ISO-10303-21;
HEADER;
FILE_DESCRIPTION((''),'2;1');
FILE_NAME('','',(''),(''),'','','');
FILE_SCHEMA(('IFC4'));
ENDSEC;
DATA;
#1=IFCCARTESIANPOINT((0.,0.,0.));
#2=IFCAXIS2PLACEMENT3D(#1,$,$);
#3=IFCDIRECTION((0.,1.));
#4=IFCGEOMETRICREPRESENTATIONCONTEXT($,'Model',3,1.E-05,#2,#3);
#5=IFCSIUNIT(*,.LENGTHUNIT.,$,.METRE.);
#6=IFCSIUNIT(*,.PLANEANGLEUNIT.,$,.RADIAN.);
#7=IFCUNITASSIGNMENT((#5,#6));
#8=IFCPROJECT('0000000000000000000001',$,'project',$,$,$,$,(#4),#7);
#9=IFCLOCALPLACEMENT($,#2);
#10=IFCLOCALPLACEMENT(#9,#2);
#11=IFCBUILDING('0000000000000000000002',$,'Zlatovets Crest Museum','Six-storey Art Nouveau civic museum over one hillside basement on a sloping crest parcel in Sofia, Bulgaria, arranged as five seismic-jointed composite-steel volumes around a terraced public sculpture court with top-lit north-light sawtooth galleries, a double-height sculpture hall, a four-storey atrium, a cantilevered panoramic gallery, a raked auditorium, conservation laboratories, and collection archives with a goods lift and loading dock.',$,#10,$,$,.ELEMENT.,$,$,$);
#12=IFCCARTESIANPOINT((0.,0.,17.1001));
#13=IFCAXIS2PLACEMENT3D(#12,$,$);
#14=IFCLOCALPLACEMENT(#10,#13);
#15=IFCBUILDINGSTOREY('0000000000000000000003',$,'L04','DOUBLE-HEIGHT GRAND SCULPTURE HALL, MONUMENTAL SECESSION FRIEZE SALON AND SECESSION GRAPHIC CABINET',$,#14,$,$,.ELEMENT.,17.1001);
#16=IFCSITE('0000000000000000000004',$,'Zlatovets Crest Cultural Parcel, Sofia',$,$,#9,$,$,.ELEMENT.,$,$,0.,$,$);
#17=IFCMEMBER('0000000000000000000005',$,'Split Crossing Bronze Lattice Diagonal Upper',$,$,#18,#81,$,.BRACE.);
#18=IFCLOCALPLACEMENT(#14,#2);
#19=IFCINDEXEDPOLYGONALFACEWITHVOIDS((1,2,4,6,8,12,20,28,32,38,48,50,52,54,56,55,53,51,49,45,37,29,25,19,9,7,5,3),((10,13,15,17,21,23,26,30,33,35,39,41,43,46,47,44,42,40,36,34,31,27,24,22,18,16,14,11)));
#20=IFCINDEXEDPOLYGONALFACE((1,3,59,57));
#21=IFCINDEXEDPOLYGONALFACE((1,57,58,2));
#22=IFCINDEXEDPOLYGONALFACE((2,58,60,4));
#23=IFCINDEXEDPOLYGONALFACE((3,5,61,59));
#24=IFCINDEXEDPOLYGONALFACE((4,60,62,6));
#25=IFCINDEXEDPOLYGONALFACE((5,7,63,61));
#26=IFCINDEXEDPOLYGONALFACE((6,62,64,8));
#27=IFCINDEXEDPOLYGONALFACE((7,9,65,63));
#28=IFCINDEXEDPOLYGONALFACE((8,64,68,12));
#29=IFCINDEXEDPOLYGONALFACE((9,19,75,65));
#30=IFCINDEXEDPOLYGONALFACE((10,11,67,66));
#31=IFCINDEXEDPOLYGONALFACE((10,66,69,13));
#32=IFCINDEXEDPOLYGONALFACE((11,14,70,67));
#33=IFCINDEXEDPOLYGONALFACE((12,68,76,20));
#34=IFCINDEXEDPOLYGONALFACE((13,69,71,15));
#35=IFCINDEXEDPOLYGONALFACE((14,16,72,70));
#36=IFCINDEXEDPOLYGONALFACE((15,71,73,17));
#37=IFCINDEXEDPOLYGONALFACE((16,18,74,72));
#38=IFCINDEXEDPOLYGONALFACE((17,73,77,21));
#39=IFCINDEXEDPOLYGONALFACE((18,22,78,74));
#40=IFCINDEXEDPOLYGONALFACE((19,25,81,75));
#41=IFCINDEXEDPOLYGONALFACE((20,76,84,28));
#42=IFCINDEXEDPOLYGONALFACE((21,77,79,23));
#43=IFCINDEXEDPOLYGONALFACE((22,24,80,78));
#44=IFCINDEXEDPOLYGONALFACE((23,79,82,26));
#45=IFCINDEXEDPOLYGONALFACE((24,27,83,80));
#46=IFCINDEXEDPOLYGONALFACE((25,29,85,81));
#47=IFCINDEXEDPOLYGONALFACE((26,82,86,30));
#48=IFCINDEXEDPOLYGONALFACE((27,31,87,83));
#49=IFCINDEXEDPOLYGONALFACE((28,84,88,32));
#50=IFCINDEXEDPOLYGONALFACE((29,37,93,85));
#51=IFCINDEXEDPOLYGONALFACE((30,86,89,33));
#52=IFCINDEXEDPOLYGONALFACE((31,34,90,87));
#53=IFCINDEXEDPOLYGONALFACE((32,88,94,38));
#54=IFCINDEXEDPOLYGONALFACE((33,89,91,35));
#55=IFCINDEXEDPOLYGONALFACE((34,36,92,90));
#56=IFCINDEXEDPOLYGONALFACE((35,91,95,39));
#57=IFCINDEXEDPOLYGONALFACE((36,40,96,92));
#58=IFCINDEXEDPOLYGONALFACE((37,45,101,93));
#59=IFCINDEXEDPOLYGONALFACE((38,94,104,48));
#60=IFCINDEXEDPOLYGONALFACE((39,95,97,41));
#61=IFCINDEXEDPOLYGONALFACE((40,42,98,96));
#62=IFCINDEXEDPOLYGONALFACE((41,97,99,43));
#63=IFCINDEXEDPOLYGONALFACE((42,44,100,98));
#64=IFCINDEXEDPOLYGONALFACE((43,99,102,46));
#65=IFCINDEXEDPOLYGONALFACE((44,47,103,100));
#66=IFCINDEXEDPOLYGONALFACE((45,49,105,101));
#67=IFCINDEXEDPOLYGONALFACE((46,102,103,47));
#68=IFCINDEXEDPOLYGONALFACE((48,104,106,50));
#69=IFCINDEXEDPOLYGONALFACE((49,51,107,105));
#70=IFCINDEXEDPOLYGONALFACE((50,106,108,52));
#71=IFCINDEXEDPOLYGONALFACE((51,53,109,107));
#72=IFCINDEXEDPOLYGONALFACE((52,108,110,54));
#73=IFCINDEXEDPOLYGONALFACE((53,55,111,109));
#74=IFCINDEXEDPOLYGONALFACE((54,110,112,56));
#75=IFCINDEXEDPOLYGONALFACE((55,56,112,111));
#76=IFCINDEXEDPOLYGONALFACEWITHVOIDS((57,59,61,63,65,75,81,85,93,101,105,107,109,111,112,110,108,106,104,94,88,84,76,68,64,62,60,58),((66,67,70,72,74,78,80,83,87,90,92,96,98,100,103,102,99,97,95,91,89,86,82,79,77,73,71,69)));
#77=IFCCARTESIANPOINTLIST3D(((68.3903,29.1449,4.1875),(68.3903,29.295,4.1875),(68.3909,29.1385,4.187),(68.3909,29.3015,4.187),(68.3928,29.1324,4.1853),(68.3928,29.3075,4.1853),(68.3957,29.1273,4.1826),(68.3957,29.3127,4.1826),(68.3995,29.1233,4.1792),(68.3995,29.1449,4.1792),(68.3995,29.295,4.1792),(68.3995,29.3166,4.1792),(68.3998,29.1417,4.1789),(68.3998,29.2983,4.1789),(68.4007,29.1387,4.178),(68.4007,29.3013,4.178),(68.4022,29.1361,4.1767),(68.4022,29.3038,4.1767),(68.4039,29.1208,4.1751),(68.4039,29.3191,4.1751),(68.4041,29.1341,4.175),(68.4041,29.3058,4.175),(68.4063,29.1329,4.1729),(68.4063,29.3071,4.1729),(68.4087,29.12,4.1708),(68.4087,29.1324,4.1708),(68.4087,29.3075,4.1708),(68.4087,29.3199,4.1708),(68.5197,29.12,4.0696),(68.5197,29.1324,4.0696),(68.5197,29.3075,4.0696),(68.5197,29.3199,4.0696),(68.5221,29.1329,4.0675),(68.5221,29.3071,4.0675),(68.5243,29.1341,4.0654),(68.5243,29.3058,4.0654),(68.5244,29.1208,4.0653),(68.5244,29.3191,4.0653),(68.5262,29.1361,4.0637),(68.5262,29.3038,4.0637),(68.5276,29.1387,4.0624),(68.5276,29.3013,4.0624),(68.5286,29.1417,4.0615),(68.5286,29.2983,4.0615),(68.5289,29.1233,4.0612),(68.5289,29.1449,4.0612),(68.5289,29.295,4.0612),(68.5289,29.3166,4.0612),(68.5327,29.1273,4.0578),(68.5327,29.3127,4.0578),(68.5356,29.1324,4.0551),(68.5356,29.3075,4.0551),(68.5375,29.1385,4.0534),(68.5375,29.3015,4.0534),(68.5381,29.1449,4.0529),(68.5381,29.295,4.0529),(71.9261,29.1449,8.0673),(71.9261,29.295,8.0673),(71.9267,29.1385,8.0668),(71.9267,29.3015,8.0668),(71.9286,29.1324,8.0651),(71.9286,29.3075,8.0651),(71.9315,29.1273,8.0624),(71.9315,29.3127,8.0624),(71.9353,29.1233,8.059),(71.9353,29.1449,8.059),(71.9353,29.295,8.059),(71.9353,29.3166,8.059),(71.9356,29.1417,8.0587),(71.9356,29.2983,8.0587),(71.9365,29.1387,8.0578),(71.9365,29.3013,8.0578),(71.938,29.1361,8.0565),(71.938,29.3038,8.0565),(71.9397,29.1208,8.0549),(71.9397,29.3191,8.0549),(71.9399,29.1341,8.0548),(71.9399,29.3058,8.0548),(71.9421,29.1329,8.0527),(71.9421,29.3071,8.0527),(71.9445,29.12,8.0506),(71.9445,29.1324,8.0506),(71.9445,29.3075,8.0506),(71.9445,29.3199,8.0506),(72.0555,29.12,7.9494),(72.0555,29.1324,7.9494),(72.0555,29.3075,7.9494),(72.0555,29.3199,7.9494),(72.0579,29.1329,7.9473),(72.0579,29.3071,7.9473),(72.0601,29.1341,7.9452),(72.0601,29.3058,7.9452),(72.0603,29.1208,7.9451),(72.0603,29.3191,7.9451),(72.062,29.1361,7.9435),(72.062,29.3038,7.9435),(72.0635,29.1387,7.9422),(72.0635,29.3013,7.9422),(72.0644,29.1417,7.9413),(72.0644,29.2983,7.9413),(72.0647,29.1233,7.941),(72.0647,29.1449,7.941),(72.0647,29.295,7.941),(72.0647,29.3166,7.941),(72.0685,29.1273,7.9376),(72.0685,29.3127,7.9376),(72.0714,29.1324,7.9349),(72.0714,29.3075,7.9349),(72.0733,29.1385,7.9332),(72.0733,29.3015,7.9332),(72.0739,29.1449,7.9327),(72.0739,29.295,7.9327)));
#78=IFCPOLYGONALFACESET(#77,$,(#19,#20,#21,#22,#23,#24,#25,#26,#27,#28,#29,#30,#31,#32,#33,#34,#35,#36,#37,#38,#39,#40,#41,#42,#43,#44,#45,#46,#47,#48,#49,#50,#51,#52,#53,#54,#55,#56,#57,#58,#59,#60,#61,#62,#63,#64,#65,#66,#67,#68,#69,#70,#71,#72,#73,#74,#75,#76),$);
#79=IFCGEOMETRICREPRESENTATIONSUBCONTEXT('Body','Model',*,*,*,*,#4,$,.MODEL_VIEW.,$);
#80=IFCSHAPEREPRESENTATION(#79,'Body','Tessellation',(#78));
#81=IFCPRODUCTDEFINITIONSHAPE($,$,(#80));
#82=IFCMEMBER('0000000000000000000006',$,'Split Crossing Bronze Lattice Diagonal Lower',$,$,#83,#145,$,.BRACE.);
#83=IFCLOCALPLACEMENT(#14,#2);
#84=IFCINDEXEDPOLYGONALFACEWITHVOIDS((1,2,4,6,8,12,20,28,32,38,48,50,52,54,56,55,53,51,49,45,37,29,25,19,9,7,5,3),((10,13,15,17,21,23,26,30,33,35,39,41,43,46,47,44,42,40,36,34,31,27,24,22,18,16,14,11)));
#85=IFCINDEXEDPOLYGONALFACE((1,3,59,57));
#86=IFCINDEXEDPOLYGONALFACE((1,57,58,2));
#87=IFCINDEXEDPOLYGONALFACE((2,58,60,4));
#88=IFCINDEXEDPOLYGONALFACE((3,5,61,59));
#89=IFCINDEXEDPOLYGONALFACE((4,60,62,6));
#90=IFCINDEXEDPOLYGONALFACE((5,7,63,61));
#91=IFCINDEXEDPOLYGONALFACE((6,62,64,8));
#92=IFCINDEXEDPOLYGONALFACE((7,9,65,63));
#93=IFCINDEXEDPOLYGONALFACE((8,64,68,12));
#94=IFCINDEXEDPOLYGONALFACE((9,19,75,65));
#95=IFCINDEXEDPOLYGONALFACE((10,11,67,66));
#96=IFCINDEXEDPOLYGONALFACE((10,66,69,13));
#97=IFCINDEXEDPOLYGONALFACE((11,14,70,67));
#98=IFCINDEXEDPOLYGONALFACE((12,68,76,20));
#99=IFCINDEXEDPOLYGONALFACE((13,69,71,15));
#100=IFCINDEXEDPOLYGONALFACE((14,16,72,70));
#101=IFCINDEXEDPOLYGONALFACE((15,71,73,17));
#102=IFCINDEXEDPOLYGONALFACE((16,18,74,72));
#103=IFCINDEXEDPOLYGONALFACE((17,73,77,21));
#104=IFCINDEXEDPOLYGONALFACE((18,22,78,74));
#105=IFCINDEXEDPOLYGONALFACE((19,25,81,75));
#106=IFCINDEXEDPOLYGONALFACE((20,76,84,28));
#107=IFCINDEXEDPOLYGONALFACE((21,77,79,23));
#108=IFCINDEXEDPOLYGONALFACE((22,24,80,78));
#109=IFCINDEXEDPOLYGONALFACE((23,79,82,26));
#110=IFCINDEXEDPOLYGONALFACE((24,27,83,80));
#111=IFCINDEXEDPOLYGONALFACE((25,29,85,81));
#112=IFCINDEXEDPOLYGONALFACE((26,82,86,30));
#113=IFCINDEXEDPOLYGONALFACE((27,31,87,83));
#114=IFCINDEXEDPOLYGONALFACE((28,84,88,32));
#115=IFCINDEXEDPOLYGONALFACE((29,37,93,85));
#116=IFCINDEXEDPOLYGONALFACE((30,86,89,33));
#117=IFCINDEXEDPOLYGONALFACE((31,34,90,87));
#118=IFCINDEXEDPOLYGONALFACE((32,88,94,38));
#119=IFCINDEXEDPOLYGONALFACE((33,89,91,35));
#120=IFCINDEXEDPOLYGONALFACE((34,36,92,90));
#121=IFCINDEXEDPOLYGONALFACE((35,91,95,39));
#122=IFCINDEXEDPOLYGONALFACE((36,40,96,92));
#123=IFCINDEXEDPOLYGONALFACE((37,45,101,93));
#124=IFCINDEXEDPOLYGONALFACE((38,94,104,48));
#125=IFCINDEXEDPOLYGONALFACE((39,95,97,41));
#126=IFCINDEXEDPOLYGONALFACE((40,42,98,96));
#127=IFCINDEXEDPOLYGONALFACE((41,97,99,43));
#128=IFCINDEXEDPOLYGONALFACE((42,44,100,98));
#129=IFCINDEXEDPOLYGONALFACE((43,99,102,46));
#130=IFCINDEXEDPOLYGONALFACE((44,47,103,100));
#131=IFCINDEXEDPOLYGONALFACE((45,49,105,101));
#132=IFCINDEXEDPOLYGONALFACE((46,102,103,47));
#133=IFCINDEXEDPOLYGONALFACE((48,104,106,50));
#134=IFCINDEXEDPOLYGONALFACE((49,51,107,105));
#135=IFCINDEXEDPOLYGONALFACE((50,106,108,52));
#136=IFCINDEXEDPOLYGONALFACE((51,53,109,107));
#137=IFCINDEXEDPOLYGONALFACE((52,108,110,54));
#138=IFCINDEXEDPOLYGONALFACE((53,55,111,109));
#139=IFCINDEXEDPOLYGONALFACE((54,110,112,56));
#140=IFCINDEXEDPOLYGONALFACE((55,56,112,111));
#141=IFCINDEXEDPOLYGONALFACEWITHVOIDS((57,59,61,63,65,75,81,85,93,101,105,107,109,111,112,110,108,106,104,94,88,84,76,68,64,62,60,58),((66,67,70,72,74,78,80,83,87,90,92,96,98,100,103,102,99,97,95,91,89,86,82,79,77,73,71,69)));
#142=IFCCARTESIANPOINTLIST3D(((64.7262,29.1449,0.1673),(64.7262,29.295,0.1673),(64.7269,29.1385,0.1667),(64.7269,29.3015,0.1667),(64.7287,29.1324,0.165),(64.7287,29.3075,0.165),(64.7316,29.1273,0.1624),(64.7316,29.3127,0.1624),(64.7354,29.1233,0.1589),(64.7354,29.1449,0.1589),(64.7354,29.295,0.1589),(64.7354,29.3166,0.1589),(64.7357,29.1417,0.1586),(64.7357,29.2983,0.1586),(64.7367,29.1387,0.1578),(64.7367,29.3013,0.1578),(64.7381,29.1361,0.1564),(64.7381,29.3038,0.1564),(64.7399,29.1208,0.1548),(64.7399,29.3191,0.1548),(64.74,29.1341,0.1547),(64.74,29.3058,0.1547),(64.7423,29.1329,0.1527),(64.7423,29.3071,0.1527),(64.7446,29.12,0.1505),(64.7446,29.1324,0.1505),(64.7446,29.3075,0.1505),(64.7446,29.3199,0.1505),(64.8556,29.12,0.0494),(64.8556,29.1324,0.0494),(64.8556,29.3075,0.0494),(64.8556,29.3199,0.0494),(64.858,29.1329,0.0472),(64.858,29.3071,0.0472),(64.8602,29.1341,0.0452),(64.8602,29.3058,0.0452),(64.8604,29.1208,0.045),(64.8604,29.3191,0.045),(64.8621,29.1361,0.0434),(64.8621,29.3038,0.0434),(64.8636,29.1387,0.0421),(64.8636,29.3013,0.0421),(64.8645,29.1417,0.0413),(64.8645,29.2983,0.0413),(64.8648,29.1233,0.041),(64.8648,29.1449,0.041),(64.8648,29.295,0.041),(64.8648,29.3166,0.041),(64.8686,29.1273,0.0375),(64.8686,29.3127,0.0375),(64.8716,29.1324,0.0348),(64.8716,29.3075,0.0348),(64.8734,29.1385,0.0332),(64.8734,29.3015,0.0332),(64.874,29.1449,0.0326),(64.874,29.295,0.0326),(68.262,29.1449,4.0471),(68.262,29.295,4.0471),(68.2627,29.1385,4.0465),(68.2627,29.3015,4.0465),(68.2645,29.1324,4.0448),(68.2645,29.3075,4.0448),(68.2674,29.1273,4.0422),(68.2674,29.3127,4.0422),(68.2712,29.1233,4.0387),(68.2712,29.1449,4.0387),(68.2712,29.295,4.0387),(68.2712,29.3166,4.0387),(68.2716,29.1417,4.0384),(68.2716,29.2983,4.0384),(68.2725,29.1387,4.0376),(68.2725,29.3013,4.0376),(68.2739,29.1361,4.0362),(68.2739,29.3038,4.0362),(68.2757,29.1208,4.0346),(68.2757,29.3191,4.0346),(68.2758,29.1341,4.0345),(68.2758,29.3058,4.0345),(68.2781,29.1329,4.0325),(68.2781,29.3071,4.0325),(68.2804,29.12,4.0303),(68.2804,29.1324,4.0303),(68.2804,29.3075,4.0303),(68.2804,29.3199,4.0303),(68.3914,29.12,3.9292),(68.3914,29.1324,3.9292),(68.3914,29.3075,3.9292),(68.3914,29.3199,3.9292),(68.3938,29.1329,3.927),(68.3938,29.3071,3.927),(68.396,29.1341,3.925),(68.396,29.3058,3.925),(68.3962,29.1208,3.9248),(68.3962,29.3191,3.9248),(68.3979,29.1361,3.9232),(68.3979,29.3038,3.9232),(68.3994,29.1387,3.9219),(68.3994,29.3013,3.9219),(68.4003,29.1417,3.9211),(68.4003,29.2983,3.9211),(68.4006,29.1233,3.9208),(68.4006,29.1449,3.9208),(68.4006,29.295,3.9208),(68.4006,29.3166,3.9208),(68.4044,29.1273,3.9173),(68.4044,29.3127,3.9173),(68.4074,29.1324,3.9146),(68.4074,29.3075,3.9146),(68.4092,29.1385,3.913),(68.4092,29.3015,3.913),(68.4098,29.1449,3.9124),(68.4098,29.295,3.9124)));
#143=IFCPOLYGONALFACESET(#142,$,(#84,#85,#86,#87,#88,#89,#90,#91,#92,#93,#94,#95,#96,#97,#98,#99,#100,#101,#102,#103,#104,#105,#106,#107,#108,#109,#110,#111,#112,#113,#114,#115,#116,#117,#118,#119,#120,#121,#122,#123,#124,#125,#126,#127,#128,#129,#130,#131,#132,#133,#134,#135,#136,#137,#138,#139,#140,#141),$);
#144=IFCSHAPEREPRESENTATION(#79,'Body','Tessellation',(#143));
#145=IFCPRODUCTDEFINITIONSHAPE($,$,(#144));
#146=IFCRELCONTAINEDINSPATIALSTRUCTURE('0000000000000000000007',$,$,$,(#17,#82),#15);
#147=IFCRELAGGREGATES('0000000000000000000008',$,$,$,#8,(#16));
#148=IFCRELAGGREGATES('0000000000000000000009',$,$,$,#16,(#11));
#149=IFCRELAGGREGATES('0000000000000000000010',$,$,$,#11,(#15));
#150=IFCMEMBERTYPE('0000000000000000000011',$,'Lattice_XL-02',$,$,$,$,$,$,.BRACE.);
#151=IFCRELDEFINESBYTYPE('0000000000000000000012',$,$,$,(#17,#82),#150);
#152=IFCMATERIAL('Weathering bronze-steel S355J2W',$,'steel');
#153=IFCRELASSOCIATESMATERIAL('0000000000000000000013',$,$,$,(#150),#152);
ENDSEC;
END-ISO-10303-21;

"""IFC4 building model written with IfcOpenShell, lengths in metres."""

from ifc_helpers import new_model, si_unit, direction, frame, origin, origin_2d, place, context, subcontext, project, spatial, hollow_rectangle, extrude, material, material_profile, profile_set, type_object, element, save


model = new_model("IFC4")

# Units and contexts
model_context = context("Model", 3, precision=1e-05, world=origin(), true_north=direction((0.0, 1.0)))
body_context = subcontext(model_context, "Body", "Model", "MODEL_VIEW")
ifc_project = project(units=[si_unit("LENGTHUNIT", "METRE"), si_unit("PLANEANGLEUNIT", "RADIAN")], contexts=[model_context])

# Site, building, storey
site_placement = place(None, origin())
site = spatial("IfcSite", under=ifc_project, at=site_placement, Name="Zlatovets Crest Cultural Parcel, Sofia", CompositionType="ELEMENT", RefElevation=0.0)
building_placement = place(site_placement, origin())
building = spatial("IfcBuilding", under=site, at=building_placement, Name="Zlatovets Crest Museum", Description="Six-storey Art Nouveau civic museum over one hillside basement on a sloping crest parcel in Sofia, Bulgaria, arranged as five seismic-jointed composite-steel volumes around a terraced public sculpture court with top-lit north-light sawtooth galleries, a double-height sculpture hall, a four-storey atrium, a cantilevered panoramic gallery, a raked auditorium, conservation laboratories, and collection archives with a goods lift and loading dock.", CompositionType="ELEMENT")
storey_placement = place(building_placement, frame((0.0, 0.0, 17.1001)))
storey = spatial("IfcBuildingStorey", under=building, at=storey_placement, Name="L04", Description="DOUBLE-HEIGHT GRAND SCULPTURE HALL, MONUMENTAL SECESSION FRIEZE SALON AND SECESSION GRAPHIC CABINET", CompositionType="ELEMENT", Elevation=17.1001)

# Members
ifc_material_1 = material(Name="Weathering bronze-steel S355J2W", Category="steel")
ifc_material_profile_1 = material_profile(ifc_material_1, hollow_rectangle(XDim=0.2, YDim=0.2, WallThickness=0.0125, InnerFilletRadius=0.0125, OuterFilletRadius=0.0249, at=origin_2d()), Name="SHS 200x200x12.5")
ifc_profile_set_1 = profile_set([ifc_material_profile_1], Name="Weathering bronze-steel S355J2W")
member_type_1 = type_object("IfcMemberType", Name="Lattice_XL-02", PredefinedType="BRACE", material=ifc_profile_set_1)
for number, where, z_axis, x_axis, name in (
    (1, (72.0, 29.22, 8.0), (-0.673582, 0.0, -0.739112), (0.0, -1.0, 0.0), "Split Crossing Bronze Lattice Diagonal Upper"),
    (2, (68.3359, 29.22, 3.9797), (-0.673582, 0.0, -0.739112), (0.0, -1.0, 0.0), "Split Crossing Bronze Lattice Diagonal Lower"),
):
    element("IfcMember", number, at=place(storey_placement, frame(where, z_axis=z_axis, x_axis=x_axis)), inside=storey, type_object=member_type_1, Name=name, PredefinedType="BRACE", context=body_context, shape_type="SweptSolid", body=[
        extrude(hollow_rectangle(XDim=0.2, YDim=0.2, WallThickness=0.0125, InnerFilletRadius=0.0125, OuterFilletRadius=0.0249, at=origin_2d()), origin(), (0.0, 0.0, 1.0), 5.2493),
    ])

save(model, "model.ifc")
